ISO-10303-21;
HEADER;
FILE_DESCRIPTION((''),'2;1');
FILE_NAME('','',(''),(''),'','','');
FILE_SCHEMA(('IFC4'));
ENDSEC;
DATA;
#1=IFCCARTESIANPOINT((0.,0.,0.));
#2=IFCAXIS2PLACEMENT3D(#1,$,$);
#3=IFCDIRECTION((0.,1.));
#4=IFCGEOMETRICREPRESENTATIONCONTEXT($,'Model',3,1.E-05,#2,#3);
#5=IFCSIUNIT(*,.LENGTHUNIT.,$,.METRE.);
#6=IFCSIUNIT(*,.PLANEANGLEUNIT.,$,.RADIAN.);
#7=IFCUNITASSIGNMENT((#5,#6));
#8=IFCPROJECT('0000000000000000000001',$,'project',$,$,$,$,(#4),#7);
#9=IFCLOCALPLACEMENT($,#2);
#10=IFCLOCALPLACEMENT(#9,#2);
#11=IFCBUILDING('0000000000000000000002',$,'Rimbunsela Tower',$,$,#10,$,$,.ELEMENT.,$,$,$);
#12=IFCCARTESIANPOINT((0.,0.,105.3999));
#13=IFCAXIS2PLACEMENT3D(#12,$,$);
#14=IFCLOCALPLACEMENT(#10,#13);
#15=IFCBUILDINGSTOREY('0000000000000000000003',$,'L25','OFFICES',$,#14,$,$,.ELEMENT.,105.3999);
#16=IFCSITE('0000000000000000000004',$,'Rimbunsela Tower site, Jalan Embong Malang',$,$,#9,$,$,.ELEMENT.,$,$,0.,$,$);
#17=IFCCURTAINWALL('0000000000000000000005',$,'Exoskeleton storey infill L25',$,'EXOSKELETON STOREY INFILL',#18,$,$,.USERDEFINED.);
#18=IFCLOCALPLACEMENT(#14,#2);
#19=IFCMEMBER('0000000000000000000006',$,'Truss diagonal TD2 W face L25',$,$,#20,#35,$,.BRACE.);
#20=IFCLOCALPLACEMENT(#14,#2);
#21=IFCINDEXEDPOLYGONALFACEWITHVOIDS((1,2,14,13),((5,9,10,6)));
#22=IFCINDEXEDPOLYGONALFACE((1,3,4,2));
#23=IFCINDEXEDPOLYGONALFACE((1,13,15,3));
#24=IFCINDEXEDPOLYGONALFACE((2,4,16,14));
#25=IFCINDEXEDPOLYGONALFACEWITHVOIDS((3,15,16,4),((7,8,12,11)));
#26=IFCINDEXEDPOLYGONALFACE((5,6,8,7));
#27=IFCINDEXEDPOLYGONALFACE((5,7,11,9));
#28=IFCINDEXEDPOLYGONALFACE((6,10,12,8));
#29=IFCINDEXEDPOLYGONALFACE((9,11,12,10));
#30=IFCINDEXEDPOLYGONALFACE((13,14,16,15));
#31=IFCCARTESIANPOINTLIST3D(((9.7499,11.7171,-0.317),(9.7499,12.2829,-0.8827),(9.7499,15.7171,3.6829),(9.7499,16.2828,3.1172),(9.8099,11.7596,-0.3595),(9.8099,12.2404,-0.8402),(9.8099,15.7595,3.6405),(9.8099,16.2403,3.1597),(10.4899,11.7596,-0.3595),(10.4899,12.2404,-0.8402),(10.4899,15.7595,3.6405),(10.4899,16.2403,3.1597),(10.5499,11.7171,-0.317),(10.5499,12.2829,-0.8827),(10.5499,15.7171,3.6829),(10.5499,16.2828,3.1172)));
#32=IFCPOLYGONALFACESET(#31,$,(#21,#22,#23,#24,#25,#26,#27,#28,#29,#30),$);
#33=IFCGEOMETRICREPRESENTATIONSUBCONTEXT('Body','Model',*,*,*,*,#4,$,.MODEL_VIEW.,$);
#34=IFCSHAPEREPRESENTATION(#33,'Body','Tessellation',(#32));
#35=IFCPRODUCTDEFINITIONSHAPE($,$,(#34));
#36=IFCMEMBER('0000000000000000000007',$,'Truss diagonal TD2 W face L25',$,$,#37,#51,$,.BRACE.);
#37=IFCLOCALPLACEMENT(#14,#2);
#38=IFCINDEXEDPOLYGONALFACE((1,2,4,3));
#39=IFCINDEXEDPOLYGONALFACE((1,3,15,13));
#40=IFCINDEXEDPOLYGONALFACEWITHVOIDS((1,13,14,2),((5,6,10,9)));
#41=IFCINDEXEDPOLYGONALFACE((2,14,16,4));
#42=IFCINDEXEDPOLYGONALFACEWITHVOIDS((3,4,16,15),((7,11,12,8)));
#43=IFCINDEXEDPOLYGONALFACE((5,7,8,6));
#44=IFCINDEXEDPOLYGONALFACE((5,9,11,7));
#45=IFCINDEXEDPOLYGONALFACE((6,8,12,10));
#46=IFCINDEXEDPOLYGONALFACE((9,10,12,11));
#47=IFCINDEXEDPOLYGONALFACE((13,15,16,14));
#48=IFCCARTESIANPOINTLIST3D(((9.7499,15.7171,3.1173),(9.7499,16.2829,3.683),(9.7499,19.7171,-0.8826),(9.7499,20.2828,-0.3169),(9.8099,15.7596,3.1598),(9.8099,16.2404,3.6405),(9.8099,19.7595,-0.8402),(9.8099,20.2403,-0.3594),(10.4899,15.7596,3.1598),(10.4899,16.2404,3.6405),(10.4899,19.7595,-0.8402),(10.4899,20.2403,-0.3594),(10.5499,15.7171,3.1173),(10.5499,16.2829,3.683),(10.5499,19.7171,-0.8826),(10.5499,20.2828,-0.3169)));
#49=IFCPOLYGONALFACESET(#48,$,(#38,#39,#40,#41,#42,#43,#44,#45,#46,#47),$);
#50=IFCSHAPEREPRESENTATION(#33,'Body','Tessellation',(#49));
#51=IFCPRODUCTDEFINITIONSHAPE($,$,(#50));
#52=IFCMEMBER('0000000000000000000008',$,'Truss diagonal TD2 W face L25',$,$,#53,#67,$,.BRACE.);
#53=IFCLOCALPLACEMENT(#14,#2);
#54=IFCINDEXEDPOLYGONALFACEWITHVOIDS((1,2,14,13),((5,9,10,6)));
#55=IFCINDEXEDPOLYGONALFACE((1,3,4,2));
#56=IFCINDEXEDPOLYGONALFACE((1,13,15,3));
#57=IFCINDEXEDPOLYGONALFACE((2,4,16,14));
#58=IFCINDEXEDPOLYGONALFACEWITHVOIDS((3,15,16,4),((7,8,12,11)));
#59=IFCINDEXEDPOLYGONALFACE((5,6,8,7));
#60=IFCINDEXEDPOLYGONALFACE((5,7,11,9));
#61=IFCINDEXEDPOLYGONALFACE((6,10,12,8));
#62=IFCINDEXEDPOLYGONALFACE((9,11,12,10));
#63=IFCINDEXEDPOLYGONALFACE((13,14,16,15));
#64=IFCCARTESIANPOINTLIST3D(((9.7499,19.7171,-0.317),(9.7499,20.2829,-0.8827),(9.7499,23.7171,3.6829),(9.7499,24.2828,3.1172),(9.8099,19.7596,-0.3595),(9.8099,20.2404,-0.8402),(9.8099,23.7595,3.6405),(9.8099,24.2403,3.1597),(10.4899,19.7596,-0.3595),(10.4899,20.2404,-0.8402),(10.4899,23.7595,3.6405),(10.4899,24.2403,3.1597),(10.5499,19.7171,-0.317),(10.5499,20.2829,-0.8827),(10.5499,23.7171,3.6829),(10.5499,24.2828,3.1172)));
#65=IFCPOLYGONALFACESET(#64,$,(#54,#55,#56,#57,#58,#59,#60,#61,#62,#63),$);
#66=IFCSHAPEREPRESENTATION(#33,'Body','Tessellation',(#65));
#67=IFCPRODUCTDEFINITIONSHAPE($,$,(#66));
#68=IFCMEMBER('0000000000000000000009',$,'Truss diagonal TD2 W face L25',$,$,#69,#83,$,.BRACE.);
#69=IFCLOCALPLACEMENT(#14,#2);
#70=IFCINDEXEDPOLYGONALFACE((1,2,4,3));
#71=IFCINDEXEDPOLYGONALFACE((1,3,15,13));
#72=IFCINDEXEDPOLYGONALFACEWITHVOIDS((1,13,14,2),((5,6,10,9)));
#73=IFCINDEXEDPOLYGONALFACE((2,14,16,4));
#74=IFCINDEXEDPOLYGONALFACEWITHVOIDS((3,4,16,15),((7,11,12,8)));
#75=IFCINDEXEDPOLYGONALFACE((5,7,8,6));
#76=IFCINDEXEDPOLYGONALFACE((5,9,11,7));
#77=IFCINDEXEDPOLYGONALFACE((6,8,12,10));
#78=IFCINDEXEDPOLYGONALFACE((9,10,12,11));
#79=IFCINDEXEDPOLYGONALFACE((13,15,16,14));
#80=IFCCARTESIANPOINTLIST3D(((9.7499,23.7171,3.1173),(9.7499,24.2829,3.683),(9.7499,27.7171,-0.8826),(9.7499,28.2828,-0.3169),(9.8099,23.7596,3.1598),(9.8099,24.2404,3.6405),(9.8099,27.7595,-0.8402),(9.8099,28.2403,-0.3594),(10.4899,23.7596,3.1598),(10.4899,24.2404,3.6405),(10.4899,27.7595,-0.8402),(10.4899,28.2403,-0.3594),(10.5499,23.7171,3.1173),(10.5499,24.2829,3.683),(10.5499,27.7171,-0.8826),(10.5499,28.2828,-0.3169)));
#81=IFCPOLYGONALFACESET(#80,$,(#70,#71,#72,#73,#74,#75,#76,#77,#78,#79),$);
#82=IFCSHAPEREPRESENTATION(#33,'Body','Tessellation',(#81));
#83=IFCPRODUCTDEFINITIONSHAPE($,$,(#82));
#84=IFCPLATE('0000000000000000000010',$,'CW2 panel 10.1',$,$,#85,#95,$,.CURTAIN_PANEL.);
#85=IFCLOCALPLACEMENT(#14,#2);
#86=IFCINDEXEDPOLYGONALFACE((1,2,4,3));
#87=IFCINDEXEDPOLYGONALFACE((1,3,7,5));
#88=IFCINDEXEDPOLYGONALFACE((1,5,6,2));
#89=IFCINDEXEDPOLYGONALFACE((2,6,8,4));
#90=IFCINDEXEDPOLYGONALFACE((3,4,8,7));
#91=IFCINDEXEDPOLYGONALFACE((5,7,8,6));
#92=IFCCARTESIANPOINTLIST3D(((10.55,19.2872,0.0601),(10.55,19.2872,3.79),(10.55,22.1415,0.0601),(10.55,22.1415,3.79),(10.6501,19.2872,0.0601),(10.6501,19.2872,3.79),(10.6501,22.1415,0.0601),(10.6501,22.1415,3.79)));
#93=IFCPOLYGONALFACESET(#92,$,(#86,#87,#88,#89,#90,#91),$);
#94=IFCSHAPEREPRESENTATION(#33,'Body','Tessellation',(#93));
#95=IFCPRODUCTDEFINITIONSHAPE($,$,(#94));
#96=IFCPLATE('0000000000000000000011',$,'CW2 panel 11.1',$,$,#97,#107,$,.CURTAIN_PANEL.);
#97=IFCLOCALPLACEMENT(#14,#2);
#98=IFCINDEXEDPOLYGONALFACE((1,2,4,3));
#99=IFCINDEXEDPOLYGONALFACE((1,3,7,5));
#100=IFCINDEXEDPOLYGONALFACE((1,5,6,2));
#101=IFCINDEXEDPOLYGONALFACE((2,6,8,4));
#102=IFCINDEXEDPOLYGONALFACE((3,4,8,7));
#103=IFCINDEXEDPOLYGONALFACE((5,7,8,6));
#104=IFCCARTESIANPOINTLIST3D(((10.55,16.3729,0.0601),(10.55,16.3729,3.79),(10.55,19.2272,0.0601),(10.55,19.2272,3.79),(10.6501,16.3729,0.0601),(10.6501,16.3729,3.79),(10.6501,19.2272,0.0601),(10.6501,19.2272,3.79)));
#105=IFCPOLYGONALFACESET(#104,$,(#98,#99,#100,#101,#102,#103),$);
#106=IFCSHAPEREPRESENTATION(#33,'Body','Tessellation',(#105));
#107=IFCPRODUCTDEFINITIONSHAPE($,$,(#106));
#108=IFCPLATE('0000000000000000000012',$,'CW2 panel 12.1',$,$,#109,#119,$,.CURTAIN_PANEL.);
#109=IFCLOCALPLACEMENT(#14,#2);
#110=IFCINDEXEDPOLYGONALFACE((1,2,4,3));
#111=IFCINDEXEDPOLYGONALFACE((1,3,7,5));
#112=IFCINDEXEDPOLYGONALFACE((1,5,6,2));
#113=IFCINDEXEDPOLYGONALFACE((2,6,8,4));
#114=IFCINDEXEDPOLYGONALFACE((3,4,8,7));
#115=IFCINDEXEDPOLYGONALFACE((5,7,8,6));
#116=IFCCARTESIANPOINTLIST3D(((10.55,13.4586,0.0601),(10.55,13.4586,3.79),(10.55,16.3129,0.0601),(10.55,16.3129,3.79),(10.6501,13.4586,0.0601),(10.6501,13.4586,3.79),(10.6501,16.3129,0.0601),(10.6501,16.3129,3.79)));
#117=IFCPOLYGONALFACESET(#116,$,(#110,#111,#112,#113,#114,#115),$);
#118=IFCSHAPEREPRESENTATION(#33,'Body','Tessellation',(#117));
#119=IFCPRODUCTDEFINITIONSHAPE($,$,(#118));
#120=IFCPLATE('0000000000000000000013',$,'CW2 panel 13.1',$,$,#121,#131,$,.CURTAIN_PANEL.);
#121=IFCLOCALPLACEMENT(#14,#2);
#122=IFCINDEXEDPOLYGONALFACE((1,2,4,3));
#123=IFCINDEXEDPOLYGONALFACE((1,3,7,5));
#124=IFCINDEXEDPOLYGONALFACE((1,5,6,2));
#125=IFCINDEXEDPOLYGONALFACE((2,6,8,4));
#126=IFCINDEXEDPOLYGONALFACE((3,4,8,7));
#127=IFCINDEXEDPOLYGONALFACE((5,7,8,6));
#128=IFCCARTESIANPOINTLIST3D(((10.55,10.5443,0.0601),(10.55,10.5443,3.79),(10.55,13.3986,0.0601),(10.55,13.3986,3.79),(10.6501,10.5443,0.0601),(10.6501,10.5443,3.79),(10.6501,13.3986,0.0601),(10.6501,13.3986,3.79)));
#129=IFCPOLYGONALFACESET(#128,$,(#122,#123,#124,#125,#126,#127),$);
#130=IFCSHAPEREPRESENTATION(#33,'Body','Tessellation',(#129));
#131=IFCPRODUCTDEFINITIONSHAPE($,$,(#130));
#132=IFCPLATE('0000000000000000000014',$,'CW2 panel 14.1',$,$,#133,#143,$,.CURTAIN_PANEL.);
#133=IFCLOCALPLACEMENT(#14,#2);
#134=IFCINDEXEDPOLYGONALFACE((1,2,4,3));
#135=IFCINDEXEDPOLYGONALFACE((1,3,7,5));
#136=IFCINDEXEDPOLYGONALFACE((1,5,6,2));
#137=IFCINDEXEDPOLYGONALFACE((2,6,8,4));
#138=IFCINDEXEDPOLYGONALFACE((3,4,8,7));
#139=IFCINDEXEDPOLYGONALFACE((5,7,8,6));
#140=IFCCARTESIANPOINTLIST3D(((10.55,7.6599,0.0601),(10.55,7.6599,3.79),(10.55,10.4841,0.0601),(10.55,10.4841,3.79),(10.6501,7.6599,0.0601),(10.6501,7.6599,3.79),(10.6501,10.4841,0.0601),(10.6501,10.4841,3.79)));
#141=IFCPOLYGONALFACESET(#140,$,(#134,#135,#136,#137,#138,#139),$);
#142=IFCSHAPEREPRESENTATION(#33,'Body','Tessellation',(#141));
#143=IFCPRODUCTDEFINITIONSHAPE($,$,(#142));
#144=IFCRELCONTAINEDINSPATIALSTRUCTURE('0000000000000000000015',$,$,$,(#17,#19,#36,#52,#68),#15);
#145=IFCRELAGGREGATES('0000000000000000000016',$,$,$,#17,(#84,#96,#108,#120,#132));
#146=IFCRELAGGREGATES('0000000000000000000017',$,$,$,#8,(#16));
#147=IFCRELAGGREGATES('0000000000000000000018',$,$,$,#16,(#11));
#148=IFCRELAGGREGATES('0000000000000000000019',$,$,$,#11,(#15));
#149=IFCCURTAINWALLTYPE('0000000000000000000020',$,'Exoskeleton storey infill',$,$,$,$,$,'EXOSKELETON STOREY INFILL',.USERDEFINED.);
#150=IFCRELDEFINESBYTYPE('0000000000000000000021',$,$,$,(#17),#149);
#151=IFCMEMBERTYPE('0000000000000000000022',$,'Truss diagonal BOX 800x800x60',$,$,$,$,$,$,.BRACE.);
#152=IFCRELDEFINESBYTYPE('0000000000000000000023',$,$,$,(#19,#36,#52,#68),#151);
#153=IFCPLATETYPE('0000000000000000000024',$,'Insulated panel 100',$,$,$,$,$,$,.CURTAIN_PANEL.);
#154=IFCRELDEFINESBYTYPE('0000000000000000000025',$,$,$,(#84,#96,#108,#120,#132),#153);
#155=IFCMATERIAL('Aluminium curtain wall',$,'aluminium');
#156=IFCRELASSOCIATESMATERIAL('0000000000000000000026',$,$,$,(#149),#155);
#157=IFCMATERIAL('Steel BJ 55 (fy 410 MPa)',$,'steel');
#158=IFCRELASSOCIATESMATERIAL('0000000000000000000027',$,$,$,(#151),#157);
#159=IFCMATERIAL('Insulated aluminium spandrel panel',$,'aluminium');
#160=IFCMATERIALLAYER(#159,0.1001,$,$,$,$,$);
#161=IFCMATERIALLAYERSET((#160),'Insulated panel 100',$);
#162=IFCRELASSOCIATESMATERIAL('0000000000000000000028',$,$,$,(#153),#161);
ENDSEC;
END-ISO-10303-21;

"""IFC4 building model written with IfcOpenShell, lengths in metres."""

from ifc_helpers import new_model, si_unit, direction, frame, origin, origin_2d, place, context, subcontext, project, spatial, rectangle, hollow_rectangle, extrude, material, layer, layer_set, material_profile, profile_set, type_object, element, aggregate, save


model = new_model("IFC4")

# Units and contexts
model_context = context("Model", 3, precision=1e-05, world=origin(), true_north=direction((0.0, 1.0)))
body_context = subcontext(model_context, "Body", "Model", "MODEL_VIEW")
ifc_project = project(units=[si_unit("LENGTHUNIT", "METRE"), si_unit("PLANEANGLEUNIT", "RADIAN")], contexts=[model_context])

# Site, building, storey
site_placement = place(None, origin())
site = spatial("IfcSite", under=ifc_project, at=site_placement, Name="Rimbunsela Tower site, Jalan Embong Malang", CompositionType="ELEMENT", RefElevation=0.0)
building_placement = place(site_placement, origin())
building = spatial("IfcBuilding", under=site, at=building_placement, Name="Rimbunsela Tower", CompositionType="ELEMENT")
storey_placement = place(building_placement, frame((0.0, 0.0, 105.3999)))
storey = spatial("IfcBuildingStorey", under=building, at=storey_placement, Name="L25", Description="OFFICES", CompositionType="ELEMENT", Elevation=105.3999)

# Curtain wall
ifc_material_1 = material(Name="Aluminium curtain wall", Category="aluminium")
curtain_wall_type = type_object("IfcCurtainWallType", Name="Exoskeleton storey infill", ElementType="EXOSKELETON STOREY INFILL", PredefinedType="USERDEFINED", material=ifc_material_1)
curtain_wall_placement = place(storey_placement, origin())
curtain_wall = element("IfcCurtainWall", 1, at=curtain_wall_placement, inside=storey, type_object=curtain_wall_type, Name="Exoskeleton storey infill L25", ObjectType="EXOSKELETON STOREY INFILL", PredefinedType="USERDEFINED")

# Members
ifc_material_2 = material(Name="Steel BJ 55 (fy 410 MPa)", Category="steel")
ifc_material_profile_1 = material_profile(ifc_material_2, hollow_rectangle(XDim=0.8, YDim=0.8, WallThickness=0.0601, at=origin_2d()), Name="BOX 800x800x60")
ifc_profile_set_1 = profile_set([ifc_material_profile_1], Name="Steel BJ 55 (fy 410 MPa)")
member_type_1 = type_object("IfcMemberType", Name="Truss diagonal BOX 800x800x60", PredefinedType="BRACE", material=ifc_profile_set_1)
for number, where, z_axis, x_axis, name in (
    (2, (10.1499, 12.0, -0.5999), (0.0, 0.707107, 0.707107), (-1.0, 0.0, 0.0), "Truss diagonal TD2 W face L25"),
    (3, (10.1499, 16.0, 3.4001), (0.0, 0.707107, -0.707107), (-1.0, 0.0, 0.0), "Truss diagonal TD2 W face L25"),
    (4, (10.1499, 20.0, -0.5999), (0.0, 0.707107, 0.707107), (-1.0, 0.0, 0.0), "Truss diagonal TD2 W face L25"),
    (5, (10.1499, 24.0, 3.4001), (0.0, 0.707107, -0.707107), (-1.0, 0.0, 0.0), "Truss diagonal TD2 W face L25"),
):
    element("IfcMember", number, at=place(storey_placement, frame(where, z_axis=z_axis, x_axis=x_axis)), inside=storey, type_object=member_type_1, Name=name, PredefinedType="BRACE", context=body_context, shape_type="SweptSolid", body=[
        extrude(hollow_rectangle(XDim=0.8, YDim=0.8, WallThickness=0.0601, at=origin_2d()), origin(), (0.0, 0.0, 1.0), 5.6567),
    ])

# Plates
ifc_material_3 = material(Name="Insulated aluminium spandrel panel", Category="aluminium")
ifc_layer = layer(ifc_material_3, 0.1001)
ifc_layer_set = layer_set([ifc_layer], Name="Insulated panel 100")
plate_type = type_object("IfcPlateType", Name="Insulated panel 100", PredefinedType="CURTAIN_PANEL", material=ifc_layer_set)
plate_1_placement = place(storey_placement, frame((10.6001, 20.7144, 0.0601), z_axis=(0.0, 0.0, 1.0), x_axis=(0.0, -1.0, 0.0)))
plate_1 = element("IfcPlate", 6, at=plate_1_placement, type_object=plate_type, Name="CW2 panel 10.1", PredefinedType="CURTAIN_PANEL", context=body_context, shape_type="SweptSolid", body=[
    extrude(rectangle(XDim=2.8542, YDim=0.1001, at=origin_2d()), origin(), (0.0, 0.0, 1.0), 3.73),
])
plate_2_placement = place(storey_placement, frame((10.6001, 17.8, 0.0601), z_axis=(0.0, 0.0, 1.0), x_axis=(0.0, -1.0, 0.0)))
plate_2 = element("IfcPlate", 7, at=plate_2_placement, type_object=plate_type, Name="CW2 panel 11.1", PredefinedType="CURTAIN_PANEL", context=body_context, shape_type="SweptSolid", body=[
    extrude(rectangle(XDim=2.8542, YDim=0.1001, at=origin_2d()), origin(), (0.0, 0.0, 1.0), 3.73),
])
plate_3_placement = place(storey_placement, frame((10.6001, 14.8857, 0.0601), z_axis=(0.0, 0.0, 1.0), x_axis=(0.0, -1.0, 0.0)))
plate_3 = element("IfcPlate", 8, at=plate_3_placement, type_object=plate_type, Name="CW2 panel 12.1", PredefinedType="CURTAIN_PANEL", context=body_context, shape_type="SweptSolid", body=[
    extrude(rectangle(XDim=2.8542, YDim=0.1001, at=origin_2d()), origin(), (0.0, 0.0, 1.0), 3.73),
])
plate_4_placement = place(storey_placement, frame((10.6001, 11.9714, 0.0601), z_axis=(0.0, 0.0, 1.0), x_axis=(0.0, -1.0, 0.0)))
plate_4 = element("IfcPlate", 9, at=plate_4_placement, type_object=plate_type, Name="CW2 panel 13.1", PredefinedType="CURTAIN_PANEL", context=body_context, shape_type="SweptSolid", body=[
    extrude(rectangle(XDim=2.8542, YDim=0.1001, at=origin_2d()), origin(), (0.0, 0.0, 1.0), 3.73),
])
plate_5_placement = place(storey_placement, frame((10.6001, 9.072, 0.0601), z_axis=(0.0, 0.0, 1.0), x_axis=(0.0, -1.0, 0.0)))
plate_5 = element("IfcPlate", 10, at=plate_5_placement, type_object=plate_type, Name="CW2 panel 14.1", PredefinedType="CURTAIN_PANEL", context=body_context, shape_type="SweptSolid", body=[
    extrude(rectangle(XDim=2.8242, YDim=0.1001, at=origin_2d()), origin(), (0.0, 0.0, 1.0), 3.73),
])
aggregate(curtain_wall, [plate_1, plate_2, plate_3, plate_4, plate_5])

save(model, "model.ifc")
